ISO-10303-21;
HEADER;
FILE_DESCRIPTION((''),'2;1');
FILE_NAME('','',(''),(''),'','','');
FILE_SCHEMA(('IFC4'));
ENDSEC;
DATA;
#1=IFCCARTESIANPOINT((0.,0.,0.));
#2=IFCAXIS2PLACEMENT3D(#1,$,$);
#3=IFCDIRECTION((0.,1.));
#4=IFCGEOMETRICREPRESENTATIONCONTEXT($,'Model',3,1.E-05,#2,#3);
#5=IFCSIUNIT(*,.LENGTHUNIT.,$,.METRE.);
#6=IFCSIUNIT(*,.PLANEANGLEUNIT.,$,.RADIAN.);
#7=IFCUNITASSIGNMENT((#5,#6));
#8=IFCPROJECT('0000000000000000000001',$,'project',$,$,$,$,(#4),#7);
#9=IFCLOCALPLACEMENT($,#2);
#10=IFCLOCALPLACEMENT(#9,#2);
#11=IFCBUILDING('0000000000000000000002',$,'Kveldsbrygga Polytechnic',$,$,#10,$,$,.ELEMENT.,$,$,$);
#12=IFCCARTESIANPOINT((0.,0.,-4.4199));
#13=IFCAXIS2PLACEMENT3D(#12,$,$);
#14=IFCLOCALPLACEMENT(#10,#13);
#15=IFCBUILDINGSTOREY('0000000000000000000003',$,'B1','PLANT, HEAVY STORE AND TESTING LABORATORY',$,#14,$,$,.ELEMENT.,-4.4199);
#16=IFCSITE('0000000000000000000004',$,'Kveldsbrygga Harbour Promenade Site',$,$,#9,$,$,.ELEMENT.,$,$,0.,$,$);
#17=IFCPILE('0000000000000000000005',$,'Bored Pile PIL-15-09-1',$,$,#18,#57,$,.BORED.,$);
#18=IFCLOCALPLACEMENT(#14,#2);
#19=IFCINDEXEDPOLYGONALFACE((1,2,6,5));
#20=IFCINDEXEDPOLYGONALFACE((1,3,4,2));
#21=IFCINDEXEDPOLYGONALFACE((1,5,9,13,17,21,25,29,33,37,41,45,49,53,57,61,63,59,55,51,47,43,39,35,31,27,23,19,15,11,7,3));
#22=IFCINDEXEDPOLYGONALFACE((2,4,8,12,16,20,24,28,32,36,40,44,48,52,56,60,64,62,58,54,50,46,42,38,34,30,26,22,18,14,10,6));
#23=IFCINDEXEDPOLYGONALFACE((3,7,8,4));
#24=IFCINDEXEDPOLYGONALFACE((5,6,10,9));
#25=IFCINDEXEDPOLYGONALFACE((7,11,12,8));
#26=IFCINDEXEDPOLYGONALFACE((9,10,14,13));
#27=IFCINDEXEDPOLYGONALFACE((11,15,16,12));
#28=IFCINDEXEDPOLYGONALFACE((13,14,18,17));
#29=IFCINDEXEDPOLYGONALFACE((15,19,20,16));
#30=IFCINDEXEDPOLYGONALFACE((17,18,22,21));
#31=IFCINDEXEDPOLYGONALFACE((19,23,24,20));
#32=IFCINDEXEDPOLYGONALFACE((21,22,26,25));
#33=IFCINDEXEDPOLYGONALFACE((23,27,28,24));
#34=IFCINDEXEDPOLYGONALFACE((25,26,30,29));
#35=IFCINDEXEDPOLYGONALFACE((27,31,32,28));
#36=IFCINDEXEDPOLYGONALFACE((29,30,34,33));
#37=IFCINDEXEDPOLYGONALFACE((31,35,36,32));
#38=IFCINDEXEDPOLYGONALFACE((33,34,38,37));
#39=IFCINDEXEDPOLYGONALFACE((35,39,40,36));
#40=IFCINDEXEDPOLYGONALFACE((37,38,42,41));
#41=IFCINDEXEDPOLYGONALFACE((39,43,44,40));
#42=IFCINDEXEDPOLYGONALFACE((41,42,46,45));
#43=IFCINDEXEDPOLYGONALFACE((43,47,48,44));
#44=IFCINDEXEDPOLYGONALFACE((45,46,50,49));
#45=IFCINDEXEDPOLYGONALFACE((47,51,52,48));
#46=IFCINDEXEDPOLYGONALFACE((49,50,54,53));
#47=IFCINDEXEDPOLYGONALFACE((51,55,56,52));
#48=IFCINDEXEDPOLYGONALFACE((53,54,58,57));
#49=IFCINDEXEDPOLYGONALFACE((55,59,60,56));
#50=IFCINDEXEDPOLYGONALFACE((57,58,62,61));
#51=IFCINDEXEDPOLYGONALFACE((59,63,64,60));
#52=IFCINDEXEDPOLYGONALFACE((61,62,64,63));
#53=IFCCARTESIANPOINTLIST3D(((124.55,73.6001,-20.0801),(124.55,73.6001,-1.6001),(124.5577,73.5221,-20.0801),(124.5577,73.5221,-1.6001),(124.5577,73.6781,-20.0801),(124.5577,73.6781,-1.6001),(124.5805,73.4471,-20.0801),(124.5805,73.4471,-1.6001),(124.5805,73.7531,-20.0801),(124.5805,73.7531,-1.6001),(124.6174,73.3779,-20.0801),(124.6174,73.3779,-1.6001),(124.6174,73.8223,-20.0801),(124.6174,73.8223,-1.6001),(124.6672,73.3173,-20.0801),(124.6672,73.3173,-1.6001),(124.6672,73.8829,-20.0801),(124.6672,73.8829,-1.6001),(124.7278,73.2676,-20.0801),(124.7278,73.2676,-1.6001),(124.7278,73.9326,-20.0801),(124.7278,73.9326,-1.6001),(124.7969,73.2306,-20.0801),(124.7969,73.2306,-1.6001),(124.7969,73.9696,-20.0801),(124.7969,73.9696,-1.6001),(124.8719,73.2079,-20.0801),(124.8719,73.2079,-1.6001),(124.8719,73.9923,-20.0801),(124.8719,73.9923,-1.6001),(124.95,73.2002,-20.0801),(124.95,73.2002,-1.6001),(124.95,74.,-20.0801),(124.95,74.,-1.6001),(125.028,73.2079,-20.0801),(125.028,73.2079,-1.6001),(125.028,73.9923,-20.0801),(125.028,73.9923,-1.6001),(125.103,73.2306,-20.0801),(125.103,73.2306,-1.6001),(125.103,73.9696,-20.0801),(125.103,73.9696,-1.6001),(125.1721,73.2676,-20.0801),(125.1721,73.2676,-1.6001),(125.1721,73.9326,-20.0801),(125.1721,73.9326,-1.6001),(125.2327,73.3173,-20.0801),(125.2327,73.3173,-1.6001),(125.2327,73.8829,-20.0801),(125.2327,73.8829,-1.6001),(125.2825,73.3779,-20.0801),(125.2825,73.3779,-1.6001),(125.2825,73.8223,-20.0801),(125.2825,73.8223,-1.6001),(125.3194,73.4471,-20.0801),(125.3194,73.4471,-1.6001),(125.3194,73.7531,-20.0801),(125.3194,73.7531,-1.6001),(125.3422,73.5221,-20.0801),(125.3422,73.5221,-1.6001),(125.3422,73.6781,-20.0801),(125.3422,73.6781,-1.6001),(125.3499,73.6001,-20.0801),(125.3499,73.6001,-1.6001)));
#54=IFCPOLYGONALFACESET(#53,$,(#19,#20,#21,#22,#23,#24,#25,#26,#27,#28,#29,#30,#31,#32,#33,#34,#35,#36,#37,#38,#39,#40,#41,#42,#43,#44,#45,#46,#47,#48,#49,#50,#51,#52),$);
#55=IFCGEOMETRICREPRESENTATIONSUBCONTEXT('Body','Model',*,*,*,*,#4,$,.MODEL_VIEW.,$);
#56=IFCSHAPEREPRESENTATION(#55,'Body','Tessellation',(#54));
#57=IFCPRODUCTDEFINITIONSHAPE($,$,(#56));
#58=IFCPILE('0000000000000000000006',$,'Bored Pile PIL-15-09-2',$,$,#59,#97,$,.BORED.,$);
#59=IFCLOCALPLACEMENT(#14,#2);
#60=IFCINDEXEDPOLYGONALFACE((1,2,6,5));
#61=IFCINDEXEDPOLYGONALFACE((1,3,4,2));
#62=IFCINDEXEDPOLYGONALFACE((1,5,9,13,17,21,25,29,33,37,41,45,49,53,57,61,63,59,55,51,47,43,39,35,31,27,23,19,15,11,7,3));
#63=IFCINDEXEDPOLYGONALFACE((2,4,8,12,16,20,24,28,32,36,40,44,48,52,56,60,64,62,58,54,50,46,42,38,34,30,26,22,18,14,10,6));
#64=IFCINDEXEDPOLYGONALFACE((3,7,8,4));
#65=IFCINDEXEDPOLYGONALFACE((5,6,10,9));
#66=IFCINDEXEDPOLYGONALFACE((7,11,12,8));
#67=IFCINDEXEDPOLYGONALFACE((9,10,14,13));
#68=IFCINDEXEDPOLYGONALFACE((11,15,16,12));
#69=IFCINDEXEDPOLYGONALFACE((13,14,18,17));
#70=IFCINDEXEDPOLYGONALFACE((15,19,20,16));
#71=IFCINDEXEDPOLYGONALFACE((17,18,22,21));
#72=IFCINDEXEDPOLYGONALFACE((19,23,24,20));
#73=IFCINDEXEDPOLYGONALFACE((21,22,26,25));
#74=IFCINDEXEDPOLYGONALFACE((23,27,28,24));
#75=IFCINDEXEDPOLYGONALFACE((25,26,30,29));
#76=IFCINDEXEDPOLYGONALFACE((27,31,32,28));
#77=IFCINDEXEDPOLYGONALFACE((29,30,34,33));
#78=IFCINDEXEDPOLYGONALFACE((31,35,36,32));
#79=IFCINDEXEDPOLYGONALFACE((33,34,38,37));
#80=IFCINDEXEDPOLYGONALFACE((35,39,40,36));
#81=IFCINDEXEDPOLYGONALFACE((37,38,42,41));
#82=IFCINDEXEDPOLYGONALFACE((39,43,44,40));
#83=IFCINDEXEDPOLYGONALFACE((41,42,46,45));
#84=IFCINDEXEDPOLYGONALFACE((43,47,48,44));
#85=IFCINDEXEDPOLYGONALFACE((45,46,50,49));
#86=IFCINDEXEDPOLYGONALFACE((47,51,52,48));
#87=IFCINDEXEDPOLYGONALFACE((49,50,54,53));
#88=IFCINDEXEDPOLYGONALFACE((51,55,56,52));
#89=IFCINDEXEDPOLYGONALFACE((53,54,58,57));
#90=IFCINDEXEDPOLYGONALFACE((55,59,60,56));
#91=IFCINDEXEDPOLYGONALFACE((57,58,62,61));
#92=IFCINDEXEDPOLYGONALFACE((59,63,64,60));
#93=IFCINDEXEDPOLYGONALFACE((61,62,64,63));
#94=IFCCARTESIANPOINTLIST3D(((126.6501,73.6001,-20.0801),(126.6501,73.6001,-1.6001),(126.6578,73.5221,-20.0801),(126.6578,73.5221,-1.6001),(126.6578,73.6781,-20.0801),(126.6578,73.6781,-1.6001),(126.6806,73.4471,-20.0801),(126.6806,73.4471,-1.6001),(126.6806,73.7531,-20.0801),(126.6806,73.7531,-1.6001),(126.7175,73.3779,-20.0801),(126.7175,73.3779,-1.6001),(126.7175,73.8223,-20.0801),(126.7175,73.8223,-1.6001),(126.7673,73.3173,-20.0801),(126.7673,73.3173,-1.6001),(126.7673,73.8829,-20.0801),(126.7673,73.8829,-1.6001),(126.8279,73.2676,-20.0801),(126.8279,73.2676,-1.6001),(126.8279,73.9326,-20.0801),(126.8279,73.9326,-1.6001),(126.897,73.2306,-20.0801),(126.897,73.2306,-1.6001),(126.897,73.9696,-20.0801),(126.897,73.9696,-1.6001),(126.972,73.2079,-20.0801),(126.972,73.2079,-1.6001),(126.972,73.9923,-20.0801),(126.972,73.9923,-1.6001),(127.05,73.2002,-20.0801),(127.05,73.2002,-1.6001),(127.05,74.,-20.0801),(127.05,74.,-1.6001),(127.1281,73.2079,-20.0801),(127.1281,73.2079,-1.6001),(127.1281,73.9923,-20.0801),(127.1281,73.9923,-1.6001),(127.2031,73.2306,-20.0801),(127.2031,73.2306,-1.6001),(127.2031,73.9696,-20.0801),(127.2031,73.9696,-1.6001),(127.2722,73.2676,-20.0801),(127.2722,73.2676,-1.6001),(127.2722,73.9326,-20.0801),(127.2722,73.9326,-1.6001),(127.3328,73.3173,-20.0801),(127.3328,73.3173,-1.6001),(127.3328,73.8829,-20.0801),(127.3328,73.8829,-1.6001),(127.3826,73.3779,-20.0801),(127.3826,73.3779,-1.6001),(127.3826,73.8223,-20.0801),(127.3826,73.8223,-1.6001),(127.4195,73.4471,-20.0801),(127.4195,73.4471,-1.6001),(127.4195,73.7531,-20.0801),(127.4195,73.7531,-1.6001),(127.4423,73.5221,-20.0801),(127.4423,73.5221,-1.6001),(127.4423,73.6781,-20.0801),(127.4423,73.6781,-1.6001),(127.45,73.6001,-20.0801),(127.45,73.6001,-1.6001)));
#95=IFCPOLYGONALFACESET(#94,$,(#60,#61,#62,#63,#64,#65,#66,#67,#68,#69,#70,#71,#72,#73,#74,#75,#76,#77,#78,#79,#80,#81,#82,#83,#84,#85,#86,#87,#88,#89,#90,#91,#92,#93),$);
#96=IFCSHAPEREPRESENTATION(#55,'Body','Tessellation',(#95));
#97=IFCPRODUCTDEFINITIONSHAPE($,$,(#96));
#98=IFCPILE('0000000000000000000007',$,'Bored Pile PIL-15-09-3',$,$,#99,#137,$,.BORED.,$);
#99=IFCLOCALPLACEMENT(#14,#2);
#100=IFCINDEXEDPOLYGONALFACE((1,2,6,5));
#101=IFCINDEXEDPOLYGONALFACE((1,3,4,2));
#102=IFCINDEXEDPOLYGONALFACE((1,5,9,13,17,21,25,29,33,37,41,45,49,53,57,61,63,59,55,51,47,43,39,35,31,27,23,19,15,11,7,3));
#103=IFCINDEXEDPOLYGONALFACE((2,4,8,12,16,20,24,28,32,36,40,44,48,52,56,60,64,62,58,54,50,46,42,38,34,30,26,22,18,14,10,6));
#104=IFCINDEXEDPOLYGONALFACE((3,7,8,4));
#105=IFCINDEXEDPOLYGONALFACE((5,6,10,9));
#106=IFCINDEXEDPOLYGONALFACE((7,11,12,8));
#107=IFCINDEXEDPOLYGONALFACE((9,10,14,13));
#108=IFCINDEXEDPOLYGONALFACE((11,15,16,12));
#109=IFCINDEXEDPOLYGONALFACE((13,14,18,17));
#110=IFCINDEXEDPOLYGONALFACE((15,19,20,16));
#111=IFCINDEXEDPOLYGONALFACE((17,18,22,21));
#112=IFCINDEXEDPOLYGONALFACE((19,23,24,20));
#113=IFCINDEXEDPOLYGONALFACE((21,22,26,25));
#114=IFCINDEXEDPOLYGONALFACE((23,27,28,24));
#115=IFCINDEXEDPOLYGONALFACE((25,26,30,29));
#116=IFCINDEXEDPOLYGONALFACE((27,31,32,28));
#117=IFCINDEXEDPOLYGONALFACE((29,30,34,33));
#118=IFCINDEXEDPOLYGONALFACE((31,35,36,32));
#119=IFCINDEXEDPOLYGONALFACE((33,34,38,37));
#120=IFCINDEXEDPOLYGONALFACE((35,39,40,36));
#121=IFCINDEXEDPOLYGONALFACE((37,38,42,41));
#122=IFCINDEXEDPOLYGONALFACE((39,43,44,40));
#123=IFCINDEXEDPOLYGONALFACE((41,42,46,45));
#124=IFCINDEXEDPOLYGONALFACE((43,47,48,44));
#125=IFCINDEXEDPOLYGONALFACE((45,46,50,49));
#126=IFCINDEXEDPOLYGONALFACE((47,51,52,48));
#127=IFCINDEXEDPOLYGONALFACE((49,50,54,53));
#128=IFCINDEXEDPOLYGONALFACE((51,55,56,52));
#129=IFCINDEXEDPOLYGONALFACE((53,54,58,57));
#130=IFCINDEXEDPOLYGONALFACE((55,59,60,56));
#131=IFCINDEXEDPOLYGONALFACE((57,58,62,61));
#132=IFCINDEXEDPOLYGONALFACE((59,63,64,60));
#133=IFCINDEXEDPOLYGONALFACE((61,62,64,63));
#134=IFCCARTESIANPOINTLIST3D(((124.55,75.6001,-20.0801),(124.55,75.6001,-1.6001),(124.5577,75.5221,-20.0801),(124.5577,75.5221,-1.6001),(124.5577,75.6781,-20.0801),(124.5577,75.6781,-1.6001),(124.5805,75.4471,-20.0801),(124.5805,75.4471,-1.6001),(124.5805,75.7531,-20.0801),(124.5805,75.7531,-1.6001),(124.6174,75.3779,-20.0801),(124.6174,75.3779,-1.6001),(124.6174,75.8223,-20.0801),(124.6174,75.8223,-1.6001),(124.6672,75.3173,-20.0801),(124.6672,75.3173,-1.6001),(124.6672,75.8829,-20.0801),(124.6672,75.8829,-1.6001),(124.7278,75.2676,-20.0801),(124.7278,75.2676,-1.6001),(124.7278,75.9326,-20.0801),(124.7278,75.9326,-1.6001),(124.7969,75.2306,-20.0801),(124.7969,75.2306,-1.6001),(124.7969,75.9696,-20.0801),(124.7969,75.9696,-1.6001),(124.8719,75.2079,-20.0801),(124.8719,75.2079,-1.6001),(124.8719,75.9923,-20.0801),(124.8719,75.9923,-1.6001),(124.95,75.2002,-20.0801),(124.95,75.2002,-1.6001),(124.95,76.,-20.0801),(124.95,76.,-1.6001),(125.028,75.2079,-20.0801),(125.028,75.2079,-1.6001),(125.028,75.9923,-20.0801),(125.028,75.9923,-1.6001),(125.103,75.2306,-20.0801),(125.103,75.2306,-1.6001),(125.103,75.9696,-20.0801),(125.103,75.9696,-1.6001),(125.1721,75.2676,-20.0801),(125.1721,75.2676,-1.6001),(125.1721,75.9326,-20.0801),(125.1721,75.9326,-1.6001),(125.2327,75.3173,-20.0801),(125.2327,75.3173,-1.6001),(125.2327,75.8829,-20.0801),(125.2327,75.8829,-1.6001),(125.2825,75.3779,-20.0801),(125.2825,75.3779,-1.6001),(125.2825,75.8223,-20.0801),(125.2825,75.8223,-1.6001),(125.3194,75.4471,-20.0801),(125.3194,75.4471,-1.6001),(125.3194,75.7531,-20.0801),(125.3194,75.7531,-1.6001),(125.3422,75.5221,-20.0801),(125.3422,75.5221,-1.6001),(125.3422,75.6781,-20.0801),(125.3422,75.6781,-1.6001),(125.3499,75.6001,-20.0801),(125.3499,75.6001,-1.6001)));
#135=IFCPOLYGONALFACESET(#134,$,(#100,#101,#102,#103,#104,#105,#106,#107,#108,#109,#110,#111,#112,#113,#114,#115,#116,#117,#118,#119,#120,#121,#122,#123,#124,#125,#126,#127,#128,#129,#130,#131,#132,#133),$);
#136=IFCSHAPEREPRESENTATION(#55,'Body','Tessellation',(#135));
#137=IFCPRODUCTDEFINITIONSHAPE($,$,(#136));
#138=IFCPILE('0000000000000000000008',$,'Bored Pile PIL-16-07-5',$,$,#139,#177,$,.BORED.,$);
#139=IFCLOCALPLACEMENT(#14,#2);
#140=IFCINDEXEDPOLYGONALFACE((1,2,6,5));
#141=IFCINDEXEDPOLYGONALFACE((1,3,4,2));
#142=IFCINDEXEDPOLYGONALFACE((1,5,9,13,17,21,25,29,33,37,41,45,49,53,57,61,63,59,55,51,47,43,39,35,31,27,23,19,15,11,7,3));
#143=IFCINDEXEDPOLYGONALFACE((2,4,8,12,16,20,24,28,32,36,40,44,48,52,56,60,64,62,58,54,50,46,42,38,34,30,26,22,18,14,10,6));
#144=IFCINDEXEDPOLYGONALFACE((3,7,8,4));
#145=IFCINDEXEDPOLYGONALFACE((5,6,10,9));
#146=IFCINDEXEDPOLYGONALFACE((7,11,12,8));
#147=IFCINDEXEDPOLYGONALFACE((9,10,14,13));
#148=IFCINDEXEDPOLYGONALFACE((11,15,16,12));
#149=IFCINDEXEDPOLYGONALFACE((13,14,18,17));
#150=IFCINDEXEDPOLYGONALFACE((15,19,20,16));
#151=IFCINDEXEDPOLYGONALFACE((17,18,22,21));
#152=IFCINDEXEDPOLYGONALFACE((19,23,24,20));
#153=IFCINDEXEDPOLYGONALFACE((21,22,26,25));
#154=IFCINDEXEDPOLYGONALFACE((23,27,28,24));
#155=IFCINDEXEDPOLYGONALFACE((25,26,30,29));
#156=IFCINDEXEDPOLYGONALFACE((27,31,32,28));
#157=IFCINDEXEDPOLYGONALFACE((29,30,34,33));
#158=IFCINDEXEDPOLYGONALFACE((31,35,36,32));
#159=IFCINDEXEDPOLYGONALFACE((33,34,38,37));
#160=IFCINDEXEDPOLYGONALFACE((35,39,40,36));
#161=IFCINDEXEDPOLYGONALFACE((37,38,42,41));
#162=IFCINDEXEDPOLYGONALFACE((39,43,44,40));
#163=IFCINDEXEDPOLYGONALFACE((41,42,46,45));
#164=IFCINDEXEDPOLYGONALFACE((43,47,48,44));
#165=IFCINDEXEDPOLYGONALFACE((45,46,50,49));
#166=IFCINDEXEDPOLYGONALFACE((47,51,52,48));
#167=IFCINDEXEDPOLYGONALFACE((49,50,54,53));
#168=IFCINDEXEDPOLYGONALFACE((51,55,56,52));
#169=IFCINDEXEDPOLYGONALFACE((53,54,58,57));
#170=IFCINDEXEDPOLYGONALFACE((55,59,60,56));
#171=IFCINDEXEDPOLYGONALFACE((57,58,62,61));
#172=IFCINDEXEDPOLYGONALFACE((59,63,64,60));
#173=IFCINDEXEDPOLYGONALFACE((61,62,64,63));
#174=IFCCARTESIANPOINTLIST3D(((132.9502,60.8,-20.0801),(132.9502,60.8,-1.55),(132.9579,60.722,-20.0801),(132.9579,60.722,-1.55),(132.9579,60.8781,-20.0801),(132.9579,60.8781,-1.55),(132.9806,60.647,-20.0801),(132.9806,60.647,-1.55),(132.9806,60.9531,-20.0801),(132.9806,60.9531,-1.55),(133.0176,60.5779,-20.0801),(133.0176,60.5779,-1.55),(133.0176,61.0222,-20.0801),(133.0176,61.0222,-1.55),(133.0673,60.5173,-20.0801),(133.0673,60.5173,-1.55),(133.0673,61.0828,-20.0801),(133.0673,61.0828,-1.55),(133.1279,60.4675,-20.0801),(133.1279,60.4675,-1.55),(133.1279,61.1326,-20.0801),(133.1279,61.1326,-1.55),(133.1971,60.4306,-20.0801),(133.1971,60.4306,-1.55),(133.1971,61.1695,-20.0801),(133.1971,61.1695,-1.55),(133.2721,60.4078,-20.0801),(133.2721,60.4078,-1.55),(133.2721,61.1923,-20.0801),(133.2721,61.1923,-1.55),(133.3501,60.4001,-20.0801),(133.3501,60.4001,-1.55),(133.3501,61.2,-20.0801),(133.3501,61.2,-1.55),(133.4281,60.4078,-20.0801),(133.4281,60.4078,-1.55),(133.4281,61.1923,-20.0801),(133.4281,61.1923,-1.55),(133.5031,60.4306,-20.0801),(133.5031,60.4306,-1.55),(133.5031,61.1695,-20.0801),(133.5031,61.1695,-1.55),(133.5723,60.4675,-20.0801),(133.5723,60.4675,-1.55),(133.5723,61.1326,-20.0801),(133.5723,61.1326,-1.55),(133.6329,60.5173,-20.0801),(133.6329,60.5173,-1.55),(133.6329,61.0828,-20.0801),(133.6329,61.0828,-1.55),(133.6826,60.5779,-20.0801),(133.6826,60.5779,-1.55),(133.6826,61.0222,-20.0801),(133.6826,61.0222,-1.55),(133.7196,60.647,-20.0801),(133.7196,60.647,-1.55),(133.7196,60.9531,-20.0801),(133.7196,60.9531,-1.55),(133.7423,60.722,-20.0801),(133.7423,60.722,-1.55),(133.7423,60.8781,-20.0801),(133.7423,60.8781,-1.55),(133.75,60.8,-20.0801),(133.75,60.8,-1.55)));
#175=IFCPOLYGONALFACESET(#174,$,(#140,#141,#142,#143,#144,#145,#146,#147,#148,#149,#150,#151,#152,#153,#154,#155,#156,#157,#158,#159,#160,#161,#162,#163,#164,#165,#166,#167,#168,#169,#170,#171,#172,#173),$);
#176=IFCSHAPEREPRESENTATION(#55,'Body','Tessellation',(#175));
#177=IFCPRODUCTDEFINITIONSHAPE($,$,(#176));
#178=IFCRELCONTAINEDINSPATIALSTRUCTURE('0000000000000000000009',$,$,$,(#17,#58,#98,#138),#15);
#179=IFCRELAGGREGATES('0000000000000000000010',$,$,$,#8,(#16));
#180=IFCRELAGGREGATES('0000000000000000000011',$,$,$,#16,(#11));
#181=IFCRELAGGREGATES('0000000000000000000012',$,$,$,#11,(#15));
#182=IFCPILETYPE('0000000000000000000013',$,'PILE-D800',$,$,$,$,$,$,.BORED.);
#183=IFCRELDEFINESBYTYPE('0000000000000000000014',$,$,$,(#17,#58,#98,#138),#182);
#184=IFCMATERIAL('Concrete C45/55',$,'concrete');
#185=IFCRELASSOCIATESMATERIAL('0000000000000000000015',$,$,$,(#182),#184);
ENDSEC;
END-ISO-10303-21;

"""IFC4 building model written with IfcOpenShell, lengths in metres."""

from ifc_helpers import new_model, si_unit, direction, frame, origin, origin_2d, place, context, subcontext, project, spatial, circle, extrude, material, material_profile, profile_set, type_object, element, save


model = new_model("IFC4")

# Units and contexts
model_context = context("Model", 3, precision=1e-05, world=origin(), true_north=direction((0.0, 1.0)))
body_context = subcontext(model_context, "Body", "Model", "MODEL_VIEW")
ifc_project = project(units=[si_unit("LENGTHUNIT", "METRE"), si_unit("PLANEANGLEUNIT", "RADIAN")], contexts=[model_context])

# Site, building, storey
site_placement = place(None, origin())
site = spatial("IfcSite", under=ifc_project, at=site_placement, Name="Kveldsbrygga Harbour Promenade Site", CompositionType="ELEMENT", RefElevation=0.0)
building_placement = place(site_placement, origin())
building = spatial("IfcBuilding", under=site, at=building_placement, Name="Kveldsbrygga Polytechnic", CompositionType="ELEMENT")
storey_placement = place(building_placement, frame((0.0, 0.0, -4.4199)))
storey = spatial("IfcBuildingStorey", under=building, at=storey_placement, Name="B1", Description="PLANT, HEAVY STORE AND TESTING LABORATORY", CompositionType="ELEMENT", Elevation=-4.4199)

# Shared definitions
ifc_material_1 = material(Name="Concrete C45/55", Category="concrete")

# Piles
ifc_material_profile_1 = material_profile(ifc_material_1, circle(Radius=0.3999, at=origin_2d()), Name="PILE D800")
ifc_profile_set_1 = profile_set([ifc_material_profile_1], Name="Concrete C45/55")
pile_type = type_object("IfcPileType", Name="PILE-D800", PredefinedType="BORED", material=ifc_profile_set_1)
for number, where, z_axis, x_axis, name in (
    (1, (124.95, 73.6001, -1.6001), (0.0, 0.0, -1.0), (1.0, 0.0, 0.0), "Bored Pile PIL-15-09-1"),
    (2, (127.05, 73.6001, -1.6001), (0.0, 0.0, -1.0), (1.0, 0.0, 0.0), "Bored Pile PIL-15-09-2"),
    (3, (124.95, 75.6001, -1.6001), (0.0, 0.0, -1.0), (1.0, 0.0, 0.0), "Bored Pile PIL-15-09-3"),
):
    element("IfcPile", number, at=place(storey_placement, frame(where, z_axis=z_axis, x_axis=x_axis)), inside=storey, type_object=pile_type, Name=name, PredefinedType="BORED", context=body_context, shape_type="SweptSolid", body=[
        extrude(circle(Radius=0.3999, at=origin_2d()), origin(), (0.0, 0.0, 1.0), 18.48),
    ])
pile_1_placement = place(storey_placement, frame((133.3501, 60.8, -1.55), z_axis=(0.0, 0.0, -1.0), x_axis=(1.0, 0.0, 0.0)))
element("IfcPile", 4, at=pile_1_placement, inside=storey, type_object=pile_type, Name="Bored Pile PIL-16-07-5", PredefinedType="BORED", context=body_context, shape_type="SweptSolid", body=[
    extrude(circle(Radius=0.3999, at=origin_2d()), origin(), (0.0, 0.0, 1.0), 18.53),
])

save(model, "model.ifc")
